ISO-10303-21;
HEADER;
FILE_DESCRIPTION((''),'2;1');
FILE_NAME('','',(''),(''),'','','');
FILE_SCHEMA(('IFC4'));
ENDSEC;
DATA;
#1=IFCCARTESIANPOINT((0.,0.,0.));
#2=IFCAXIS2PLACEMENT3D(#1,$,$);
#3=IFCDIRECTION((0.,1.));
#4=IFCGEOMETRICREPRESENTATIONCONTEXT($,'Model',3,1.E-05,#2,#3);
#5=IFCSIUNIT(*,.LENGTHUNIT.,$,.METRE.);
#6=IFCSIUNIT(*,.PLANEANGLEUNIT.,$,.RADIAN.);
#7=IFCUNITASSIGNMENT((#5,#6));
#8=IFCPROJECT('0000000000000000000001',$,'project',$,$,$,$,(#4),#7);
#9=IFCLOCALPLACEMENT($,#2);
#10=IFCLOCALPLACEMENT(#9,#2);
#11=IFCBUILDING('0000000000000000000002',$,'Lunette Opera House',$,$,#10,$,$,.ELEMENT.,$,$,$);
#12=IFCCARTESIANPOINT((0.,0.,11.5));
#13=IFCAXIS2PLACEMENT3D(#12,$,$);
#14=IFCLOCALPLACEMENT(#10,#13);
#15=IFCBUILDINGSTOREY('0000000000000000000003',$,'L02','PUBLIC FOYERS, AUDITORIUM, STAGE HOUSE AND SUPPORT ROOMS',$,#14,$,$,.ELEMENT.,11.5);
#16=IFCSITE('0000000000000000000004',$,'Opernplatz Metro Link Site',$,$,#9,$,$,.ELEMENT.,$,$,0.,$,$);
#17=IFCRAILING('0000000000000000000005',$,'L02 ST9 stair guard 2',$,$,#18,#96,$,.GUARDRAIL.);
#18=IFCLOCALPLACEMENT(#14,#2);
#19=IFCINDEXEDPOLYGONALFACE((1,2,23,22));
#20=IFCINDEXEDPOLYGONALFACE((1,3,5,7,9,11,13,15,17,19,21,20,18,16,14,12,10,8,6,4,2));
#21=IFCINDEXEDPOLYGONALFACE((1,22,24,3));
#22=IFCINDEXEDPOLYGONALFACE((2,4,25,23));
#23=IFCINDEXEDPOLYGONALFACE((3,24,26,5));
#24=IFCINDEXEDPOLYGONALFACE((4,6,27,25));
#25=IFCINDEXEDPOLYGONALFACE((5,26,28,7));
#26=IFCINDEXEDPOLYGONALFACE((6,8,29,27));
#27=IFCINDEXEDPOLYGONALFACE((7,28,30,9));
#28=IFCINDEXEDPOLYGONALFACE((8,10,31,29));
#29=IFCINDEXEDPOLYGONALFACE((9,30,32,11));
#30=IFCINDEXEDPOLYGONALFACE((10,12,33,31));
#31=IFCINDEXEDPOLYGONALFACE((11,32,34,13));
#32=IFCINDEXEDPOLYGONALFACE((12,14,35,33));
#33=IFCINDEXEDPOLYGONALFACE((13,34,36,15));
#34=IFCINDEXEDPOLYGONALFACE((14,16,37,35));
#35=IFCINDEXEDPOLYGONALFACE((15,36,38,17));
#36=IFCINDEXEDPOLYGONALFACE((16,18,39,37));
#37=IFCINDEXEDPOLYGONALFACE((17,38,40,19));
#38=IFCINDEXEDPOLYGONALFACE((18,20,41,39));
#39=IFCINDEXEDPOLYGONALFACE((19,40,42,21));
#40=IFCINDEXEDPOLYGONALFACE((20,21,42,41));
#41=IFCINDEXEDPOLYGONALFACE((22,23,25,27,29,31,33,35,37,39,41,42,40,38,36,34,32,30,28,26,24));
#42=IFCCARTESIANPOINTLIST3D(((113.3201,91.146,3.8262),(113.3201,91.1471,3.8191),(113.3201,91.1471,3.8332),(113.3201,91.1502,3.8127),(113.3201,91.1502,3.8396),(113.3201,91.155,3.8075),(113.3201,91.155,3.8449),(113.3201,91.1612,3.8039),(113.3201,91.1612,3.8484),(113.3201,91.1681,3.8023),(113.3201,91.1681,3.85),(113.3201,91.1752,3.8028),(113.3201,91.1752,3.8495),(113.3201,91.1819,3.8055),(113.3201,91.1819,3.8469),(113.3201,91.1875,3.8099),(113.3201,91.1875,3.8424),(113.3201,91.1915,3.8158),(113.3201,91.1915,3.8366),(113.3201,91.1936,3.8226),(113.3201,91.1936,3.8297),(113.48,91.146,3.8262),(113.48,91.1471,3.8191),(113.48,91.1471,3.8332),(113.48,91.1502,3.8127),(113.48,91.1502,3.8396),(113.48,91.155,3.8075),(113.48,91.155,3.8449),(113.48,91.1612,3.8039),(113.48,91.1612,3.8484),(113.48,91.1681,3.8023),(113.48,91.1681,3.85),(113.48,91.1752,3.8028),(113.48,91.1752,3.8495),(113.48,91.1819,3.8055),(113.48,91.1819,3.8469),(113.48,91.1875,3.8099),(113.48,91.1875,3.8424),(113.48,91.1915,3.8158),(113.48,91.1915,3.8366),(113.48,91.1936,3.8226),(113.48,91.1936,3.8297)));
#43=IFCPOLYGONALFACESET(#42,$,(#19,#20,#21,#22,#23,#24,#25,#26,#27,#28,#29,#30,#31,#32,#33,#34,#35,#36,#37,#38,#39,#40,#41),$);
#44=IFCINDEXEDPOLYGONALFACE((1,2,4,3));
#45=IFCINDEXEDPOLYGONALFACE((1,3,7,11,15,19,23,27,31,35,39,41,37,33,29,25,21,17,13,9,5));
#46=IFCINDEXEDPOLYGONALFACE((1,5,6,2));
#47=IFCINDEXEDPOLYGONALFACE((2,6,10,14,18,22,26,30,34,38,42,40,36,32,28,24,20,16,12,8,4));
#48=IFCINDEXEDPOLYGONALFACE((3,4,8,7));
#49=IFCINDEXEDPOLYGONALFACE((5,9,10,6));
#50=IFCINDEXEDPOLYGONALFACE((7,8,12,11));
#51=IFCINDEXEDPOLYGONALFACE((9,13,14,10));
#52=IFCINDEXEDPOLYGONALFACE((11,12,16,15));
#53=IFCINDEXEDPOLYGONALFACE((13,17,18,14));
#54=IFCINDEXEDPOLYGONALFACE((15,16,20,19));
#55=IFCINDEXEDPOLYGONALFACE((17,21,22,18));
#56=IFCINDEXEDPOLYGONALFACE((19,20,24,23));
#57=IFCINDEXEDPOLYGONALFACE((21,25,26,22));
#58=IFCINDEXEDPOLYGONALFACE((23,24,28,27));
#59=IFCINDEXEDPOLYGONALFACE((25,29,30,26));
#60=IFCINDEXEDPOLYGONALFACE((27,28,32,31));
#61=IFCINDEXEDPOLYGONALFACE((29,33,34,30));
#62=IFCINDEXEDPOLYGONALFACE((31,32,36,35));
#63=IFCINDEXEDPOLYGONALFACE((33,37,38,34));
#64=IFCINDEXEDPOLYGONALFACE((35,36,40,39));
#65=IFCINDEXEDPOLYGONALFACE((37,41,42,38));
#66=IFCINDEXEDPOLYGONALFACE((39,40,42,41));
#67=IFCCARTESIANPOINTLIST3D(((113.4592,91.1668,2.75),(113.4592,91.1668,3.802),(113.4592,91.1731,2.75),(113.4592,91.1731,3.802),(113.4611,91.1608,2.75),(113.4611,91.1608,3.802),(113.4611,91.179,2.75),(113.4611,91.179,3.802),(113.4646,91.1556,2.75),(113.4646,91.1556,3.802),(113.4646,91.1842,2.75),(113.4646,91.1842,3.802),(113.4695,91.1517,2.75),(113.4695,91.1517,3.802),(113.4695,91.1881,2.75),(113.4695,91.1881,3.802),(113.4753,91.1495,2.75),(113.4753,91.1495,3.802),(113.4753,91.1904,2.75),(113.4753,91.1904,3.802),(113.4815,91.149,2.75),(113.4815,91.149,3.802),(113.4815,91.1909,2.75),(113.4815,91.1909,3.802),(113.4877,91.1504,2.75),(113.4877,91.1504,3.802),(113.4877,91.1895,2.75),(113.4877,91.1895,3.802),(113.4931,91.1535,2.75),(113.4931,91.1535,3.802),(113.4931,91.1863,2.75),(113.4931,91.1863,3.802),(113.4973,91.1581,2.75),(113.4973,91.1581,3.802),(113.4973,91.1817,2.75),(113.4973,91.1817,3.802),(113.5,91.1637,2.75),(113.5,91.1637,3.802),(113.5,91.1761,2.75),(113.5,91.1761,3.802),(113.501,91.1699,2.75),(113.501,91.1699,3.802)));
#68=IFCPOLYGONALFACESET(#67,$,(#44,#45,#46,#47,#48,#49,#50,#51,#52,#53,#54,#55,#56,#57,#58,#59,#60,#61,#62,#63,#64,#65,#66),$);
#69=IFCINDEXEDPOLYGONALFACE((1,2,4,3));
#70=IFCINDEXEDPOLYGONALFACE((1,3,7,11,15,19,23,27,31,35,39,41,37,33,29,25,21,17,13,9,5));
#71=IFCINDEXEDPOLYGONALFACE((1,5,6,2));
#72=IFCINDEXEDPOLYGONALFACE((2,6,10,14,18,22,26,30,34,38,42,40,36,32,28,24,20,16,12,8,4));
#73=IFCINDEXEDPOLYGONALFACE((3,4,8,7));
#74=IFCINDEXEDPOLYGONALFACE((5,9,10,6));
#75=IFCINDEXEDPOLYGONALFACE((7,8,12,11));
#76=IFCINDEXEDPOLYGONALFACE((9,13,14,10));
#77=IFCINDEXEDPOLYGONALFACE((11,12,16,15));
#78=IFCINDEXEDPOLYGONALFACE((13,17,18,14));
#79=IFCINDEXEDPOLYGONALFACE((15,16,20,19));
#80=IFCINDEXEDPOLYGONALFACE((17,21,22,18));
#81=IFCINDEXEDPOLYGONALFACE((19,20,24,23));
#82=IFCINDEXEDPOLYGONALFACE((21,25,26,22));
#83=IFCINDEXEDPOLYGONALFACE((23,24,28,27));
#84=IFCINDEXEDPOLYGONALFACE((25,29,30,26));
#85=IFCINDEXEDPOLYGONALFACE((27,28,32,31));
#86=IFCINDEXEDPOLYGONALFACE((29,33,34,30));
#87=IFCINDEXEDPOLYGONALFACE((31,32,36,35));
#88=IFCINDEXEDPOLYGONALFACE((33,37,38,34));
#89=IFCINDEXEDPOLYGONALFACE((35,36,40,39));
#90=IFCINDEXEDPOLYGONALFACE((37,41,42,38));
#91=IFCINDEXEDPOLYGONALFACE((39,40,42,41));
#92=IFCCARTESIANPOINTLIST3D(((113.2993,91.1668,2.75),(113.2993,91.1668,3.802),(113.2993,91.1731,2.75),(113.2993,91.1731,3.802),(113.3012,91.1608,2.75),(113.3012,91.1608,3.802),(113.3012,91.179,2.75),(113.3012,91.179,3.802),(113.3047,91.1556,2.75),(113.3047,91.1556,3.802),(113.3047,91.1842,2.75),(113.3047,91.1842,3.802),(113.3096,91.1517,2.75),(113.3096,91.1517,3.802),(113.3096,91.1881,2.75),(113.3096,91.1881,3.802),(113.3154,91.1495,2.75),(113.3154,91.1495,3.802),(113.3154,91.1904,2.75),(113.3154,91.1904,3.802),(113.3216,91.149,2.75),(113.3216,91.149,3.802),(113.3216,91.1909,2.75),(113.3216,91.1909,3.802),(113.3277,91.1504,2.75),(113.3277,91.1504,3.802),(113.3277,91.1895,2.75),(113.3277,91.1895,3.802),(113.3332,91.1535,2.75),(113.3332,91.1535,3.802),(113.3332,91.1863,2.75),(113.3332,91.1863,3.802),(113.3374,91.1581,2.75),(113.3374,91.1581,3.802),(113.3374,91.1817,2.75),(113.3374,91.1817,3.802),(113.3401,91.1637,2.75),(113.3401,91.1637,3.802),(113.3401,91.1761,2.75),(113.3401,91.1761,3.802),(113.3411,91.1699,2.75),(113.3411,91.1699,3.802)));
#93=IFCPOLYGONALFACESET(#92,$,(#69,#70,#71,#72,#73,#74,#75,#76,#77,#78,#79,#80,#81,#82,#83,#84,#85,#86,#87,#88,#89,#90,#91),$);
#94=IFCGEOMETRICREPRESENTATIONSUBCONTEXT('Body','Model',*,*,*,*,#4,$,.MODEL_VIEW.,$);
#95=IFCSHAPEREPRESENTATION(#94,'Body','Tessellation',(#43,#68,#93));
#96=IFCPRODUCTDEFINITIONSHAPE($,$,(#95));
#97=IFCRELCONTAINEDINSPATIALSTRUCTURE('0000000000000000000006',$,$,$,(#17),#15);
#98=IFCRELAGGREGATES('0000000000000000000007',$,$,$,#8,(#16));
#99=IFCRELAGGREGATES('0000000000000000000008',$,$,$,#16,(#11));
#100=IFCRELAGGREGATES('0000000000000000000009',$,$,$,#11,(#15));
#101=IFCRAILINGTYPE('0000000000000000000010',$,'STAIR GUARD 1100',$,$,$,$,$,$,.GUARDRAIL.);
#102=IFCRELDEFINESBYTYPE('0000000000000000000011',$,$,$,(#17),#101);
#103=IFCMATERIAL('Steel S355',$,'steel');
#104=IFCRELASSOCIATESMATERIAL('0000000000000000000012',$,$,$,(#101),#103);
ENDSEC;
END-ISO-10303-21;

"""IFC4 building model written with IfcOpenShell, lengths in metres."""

from ifc_helpers import new_model, si_unit, direction, frame, origin, origin_2d, place, context, subcontext, project, spatial, circle, extrude, material, type_object, element, save


model = new_model("IFC4")

# Units and contexts
model_context = context("Model", 3, precision=1e-05, world=origin(), true_north=direction((0.0, 1.0)))
body_context = subcontext(model_context, "Body", "Model", "MODEL_VIEW")
ifc_project = project(units=[si_unit("LENGTHUNIT", "METRE"), si_unit("PLANEANGLEUNIT", "RADIAN")], contexts=[model_context])

# Site, building, storey
site_placement = place(None, origin())
site = spatial("IfcSite", under=ifc_project, at=site_placement, Name="Opernplatz Metro Link Site", CompositionType="ELEMENT", RefElevation=0.0)
building_placement = place(site_placement, origin())
building = spatial("IfcBuilding", under=site, at=building_placement, Name="Lunette Opera House", CompositionType="ELEMENT")
storey_placement = place(building_placement, frame((0.0, 0.0, 11.5)))
storey = spatial("IfcBuildingStorey", under=building, at=storey_placement, Name="L02", Description="PUBLIC FOYERS, AUDITORIUM, STAGE HOUSE AND SUPPORT ROOMS", CompositionType="ELEMENT", Elevation=11.5)

# Railing
ifc_material_1 = material(Name="Steel S355", Category="steel")
railing_type_1 = type_object("IfcRailingType", Name="STAIR GUARD 1100", PredefinedType="GUARDRAIL", material=ifc_material_1)
railing_1_placement = place(storey_placement, frame((113.48, 91.1699, 2.75)))
element("IfcRailing", 1, at=railing_1_placement, inside=storey, type_object=railing_type_1, Name="L02 ST9 stair guard 2", PredefinedType="GUARDRAIL", context=body_context, shape_type="SweptSolid", body=[
    extrude(circle(Radius=0.0239, at=origin_2d()), frame((0.0, 0.0, 1.0762), z_axis=(-1.0, 0.0, 0.0), x_axis=(0.0, -1.0, 0.0)), (0.0, 0.0, 1.0), 0.1599),
    extrude(circle(Radius=0.021, at=origin_2d()), origin(), (0.0, 0.0, 1.0), 1.052),
    extrude(circle(Radius=0.021, at=origin_2d()), frame((-0.1599, 0.0, 0.0)), (0.0, 0.0, 1.0), 1.052),
])

save(model, "model.ifc")
